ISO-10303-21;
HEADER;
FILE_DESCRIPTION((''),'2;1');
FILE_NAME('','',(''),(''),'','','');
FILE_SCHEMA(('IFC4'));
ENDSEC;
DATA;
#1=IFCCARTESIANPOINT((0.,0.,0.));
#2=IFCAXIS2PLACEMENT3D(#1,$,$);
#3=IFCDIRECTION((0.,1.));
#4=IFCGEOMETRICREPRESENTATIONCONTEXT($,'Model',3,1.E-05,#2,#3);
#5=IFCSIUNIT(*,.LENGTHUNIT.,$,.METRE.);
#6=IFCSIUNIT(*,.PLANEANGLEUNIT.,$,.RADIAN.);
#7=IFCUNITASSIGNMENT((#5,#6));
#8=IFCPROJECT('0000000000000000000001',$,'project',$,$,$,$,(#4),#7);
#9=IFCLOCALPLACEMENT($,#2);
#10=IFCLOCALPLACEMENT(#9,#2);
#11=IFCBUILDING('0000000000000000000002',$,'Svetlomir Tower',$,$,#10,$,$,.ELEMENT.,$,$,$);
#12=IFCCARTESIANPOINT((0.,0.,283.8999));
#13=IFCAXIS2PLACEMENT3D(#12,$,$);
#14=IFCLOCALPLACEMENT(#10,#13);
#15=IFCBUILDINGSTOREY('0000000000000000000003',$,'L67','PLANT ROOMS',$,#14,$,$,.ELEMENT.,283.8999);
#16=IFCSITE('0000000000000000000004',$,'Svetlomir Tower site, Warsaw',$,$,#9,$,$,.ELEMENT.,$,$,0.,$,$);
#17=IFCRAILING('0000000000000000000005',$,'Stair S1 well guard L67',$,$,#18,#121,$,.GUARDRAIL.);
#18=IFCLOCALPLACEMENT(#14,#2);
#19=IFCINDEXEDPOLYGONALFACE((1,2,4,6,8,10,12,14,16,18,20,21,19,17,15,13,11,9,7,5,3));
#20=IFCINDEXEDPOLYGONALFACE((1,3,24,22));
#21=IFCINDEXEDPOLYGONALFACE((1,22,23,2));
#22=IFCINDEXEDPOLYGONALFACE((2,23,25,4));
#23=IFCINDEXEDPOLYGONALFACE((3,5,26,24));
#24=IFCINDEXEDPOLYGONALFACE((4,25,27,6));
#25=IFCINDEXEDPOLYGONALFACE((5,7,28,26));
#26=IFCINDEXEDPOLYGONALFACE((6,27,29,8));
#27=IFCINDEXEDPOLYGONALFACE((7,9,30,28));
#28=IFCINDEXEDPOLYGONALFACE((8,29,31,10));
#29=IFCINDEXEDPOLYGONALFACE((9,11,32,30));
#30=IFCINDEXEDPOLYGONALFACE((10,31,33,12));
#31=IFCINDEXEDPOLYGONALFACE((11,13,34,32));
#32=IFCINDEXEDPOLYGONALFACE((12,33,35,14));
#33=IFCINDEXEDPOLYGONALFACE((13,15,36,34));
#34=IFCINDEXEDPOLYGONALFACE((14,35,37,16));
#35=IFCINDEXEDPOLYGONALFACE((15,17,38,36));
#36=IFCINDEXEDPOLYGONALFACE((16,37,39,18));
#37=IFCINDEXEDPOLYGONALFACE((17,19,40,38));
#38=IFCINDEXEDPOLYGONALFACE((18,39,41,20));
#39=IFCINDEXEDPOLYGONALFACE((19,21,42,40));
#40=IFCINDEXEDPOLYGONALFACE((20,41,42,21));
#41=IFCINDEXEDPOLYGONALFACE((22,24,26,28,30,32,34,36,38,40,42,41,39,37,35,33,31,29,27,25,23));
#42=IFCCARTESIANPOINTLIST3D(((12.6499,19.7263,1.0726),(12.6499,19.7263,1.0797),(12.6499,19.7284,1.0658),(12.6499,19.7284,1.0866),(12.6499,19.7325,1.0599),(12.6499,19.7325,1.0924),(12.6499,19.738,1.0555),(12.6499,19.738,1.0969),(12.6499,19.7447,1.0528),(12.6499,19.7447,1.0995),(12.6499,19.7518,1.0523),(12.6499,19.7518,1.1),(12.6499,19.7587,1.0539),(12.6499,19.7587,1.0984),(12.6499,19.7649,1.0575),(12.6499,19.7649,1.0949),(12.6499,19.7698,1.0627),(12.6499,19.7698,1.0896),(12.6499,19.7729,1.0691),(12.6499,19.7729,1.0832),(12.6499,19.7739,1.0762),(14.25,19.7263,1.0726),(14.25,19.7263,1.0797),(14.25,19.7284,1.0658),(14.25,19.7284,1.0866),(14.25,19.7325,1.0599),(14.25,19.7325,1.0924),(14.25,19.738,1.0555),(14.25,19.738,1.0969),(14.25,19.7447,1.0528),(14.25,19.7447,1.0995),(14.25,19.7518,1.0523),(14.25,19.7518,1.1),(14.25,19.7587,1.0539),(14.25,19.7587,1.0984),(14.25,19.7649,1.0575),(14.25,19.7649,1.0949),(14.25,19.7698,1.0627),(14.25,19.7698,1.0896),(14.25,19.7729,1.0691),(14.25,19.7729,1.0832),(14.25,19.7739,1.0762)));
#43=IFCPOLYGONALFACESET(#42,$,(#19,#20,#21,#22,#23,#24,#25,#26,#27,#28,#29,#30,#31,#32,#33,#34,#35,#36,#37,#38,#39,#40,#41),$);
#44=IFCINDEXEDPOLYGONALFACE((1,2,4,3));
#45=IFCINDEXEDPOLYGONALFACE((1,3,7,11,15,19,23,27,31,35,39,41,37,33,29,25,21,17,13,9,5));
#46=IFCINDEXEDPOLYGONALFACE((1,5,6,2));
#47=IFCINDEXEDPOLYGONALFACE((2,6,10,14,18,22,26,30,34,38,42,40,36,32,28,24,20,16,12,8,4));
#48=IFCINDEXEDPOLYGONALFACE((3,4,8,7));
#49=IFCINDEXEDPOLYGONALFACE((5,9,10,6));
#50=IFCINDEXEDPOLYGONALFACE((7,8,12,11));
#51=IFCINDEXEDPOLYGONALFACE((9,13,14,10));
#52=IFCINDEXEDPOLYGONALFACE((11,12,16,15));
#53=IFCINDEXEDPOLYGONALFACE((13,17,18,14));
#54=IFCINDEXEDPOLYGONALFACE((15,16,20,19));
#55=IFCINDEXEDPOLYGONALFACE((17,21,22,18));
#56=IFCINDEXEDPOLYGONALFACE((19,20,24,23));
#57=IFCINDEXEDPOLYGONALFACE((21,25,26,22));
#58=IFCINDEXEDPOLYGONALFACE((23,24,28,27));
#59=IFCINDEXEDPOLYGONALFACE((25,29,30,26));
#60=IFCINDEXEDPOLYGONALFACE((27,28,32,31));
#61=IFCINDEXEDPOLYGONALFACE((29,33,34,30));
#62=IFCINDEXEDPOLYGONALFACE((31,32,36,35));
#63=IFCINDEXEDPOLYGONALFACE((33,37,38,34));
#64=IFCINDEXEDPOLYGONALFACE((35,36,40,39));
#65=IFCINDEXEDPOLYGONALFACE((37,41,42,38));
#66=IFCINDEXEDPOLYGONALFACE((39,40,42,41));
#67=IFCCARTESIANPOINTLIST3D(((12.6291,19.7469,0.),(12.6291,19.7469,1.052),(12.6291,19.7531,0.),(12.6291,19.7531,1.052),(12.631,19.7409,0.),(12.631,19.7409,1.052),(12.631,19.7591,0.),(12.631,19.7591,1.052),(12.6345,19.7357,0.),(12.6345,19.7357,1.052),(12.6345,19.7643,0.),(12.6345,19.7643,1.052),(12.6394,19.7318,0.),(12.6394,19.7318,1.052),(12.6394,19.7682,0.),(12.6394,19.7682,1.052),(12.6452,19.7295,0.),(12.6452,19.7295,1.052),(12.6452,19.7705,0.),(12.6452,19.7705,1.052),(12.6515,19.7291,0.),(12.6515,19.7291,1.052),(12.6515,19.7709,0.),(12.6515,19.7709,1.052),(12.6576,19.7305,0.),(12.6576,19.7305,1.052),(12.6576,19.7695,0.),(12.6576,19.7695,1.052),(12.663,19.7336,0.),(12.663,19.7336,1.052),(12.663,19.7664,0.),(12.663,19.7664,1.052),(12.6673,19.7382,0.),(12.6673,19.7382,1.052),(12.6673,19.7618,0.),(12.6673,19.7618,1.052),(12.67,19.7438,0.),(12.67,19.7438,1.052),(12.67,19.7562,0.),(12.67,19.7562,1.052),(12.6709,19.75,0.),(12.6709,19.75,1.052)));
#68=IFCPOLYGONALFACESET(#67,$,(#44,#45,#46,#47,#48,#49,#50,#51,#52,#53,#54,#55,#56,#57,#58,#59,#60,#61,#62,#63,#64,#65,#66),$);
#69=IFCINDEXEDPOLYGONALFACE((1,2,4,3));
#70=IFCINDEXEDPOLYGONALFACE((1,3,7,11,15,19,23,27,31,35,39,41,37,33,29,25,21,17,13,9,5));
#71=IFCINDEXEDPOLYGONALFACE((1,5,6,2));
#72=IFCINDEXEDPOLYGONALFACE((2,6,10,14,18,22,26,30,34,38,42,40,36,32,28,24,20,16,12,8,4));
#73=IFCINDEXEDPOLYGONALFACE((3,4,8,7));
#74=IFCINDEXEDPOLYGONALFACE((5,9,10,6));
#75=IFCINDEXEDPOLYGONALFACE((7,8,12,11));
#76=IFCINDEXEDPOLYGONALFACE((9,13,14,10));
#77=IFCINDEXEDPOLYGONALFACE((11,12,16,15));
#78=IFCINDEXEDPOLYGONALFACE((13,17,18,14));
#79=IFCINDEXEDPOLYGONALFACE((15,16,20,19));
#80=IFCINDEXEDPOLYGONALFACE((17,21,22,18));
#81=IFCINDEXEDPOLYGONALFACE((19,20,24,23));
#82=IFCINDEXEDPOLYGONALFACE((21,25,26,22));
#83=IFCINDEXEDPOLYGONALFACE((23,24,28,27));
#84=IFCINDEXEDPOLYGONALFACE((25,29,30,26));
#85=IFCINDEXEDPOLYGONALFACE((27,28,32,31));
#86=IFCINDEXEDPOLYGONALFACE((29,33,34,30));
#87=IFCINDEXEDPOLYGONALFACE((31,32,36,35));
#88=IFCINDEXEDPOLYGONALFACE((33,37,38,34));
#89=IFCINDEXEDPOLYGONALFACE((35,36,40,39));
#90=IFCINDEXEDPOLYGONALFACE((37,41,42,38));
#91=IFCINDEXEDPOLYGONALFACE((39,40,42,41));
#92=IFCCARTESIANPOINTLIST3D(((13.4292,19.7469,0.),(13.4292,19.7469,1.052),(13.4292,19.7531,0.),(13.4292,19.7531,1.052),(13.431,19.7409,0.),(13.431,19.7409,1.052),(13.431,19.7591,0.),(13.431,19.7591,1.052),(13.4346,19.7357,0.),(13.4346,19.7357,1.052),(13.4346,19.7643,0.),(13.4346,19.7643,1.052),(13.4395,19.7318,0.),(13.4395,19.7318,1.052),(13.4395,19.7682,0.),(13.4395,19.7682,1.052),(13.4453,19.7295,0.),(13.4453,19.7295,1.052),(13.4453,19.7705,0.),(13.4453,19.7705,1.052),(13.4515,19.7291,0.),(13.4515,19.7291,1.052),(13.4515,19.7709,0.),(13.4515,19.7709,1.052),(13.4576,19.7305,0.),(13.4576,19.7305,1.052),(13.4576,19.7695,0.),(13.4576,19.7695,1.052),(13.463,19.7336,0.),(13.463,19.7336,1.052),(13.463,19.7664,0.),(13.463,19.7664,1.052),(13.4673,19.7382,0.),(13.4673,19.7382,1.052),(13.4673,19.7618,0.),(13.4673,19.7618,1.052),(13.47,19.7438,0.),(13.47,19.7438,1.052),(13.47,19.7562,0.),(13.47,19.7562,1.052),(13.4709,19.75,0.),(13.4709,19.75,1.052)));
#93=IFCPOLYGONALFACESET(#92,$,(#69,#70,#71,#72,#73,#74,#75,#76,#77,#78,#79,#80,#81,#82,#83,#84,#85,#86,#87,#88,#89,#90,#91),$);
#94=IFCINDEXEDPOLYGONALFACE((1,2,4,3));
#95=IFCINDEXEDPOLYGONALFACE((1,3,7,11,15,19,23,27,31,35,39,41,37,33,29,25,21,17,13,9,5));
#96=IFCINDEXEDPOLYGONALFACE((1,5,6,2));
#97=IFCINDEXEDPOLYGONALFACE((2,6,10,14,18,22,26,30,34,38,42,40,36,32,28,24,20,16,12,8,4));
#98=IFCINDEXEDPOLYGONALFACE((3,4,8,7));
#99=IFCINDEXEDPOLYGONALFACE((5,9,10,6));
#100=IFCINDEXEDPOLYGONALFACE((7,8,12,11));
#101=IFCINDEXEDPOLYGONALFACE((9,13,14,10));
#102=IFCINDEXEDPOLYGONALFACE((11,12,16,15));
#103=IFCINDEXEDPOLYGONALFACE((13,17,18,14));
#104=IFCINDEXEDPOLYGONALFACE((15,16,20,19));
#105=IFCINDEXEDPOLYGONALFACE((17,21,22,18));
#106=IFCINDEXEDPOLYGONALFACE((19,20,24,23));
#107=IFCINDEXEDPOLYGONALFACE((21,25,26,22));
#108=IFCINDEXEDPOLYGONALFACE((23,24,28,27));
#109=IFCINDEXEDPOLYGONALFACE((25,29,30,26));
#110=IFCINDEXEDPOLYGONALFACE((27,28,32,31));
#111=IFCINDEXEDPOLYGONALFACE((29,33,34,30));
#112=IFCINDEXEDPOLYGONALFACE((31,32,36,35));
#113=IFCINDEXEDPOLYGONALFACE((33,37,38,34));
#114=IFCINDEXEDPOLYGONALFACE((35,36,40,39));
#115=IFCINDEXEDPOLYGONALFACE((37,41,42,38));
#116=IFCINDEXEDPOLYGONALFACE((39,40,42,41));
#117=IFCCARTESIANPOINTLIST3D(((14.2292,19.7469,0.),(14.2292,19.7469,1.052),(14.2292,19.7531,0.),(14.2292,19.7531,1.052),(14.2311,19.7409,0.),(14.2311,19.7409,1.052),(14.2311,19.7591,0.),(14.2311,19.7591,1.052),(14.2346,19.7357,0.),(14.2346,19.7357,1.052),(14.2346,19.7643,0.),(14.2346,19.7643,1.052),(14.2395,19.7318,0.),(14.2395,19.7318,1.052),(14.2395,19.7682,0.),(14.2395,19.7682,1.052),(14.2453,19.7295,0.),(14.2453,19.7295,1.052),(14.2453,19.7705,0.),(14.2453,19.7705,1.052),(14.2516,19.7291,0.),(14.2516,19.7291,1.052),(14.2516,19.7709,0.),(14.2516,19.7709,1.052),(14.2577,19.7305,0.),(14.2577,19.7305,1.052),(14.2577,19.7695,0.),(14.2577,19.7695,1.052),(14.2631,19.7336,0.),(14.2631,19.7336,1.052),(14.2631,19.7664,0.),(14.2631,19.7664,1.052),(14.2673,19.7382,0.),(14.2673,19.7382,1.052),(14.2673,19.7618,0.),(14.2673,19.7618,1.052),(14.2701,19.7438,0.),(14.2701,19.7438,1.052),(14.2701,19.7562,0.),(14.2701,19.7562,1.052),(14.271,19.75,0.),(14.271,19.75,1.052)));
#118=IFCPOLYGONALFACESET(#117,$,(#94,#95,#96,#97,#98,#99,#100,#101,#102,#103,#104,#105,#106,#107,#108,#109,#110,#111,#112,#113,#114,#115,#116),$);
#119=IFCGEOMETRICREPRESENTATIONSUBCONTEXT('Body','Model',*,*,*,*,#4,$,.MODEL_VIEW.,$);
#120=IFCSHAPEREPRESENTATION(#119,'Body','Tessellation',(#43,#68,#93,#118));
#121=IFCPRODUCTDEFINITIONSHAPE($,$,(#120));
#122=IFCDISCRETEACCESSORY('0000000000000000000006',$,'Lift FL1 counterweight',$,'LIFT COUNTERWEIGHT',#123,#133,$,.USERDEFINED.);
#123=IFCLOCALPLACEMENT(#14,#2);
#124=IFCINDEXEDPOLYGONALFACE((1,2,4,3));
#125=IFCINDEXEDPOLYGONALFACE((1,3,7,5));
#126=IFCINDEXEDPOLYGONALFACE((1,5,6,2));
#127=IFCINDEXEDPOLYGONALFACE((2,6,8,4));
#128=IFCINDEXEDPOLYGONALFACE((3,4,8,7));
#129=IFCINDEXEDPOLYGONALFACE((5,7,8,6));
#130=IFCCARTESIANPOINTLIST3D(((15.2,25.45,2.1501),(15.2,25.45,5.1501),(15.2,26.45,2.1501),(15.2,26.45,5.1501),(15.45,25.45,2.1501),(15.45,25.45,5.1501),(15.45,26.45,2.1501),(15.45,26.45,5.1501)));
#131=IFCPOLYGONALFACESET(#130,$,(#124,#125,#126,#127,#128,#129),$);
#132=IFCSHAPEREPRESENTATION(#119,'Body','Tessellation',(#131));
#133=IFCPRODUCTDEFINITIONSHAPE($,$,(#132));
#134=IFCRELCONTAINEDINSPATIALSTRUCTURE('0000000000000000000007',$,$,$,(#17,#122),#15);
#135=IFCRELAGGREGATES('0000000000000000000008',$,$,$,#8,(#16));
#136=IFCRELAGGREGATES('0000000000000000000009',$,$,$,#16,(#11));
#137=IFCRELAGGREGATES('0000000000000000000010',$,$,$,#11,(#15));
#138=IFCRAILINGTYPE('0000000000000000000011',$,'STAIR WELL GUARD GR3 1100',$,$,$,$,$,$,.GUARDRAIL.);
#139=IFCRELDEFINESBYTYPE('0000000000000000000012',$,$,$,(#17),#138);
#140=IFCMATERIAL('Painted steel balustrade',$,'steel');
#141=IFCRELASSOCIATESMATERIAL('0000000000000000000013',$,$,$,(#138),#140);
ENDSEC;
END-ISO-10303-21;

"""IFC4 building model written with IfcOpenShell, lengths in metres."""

from ifc_helpers import new_model, si_unit, direction, frame, origin, origin_2d, place, context, subcontext, project, spatial, rectangle, circle, extrude, material, type_object, element, save


model = new_model("IFC4")

# Units and contexts
model_context = context("Model", 3, precision=1e-05, world=origin(), true_north=direction((0.0, 1.0)))
body_context = subcontext(model_context, "Body", "Model", "MODEL_VIEW")
ifc_project = project(units=[si_unit("LENGTHUNIT", "METRE"), si_unit("PLANEANGLEUNIT", "RADIAN")], contexts=[model_context])

# Site, building, storey
site_placement = place(None, origin())
site = spatial("IfcSite", under=ifc_project, at=site_placement, Name="Svetlomir Tower site, Warsaw", CompositionType="ELEMENT", RefElevation=0.0)
building_placement = place(site_placement, origin())
building = spatial("IfcBuilding", under=site, at=building_placement, Name="Svetlomir Tower", CompositionType="ELEMENT")
storey_placement = place(building_placement, frame((0.0, 0.0, 283.8999)))
storey = spatial("IfcBuildingStorey", under=building, at=storey_placement, Name="L67", Description="PLANT ROOMS", CompositionType="ELEMENT", Elevation=283.8999)

# Railing
ifc_material_1 = material(Name="Painted steel balustrade", Category="steel")
railing_type = type_object("IfcRailingType", Name="STAIR WELL GUARD GR3 1100", PredefinedType="GUARDRAIL", material=ifc_material_1)
railing_placement = place(storey_placement, frame((12.6499, 19.75, 0.0)))
element("IfcRailing", 1, at=railing_placement, inside=storey, type_object=railing_type, Name="Stair S1 well guard L67", PredefinedType="GUARDRAIL", context=body_context, shape_type="SweptSolid", body=[
    extrude(circle(Radius=0.0239, at=origin_2d()), frame((0.0, 0.0, 1.0762), z_axis=(1.0, 0.0, 0.0), x_axis=(0.0, 1.0, 0.0)), (0.0, 0.0, 1.0), 1.6001),
    extrude(circle(Radius=0.021, at=origin_2d()), origin(), (0.0, 0.0, 1.0), 1.052),
    extrude(circle(Radius=0.021, at=origin_2d()), frame((0.8, 0.0, 0.0)), (0.0, 0.0, 1.0), 1.052),
    extrude(circle(Radius=0.021, at=origin_2d()), frame((1.6001, 0.0, 0.0)), (0.0, 0.0, 1.0), 1.052),
])

# Discrete accessory
discrete_accessory_placement = place(storey_placement, frame((15.325, 25.95, 2.1501), z_axis=(0.0, 0.0, 1.0), x_axis=(1.0, 0.0, 0.0)))
element("IfcDiscreteAccessory", 2, at=discrete_accessory_placement, inside=storey, Name="Lift FL1 counterweight", ObjectType="LIFT COUNTERWEIGHT", PredefinedType="USERDEFINED", context=body_context, shape_type="SweptSolid", body=[
    extrude(rectangle(XDim=0.25, YDim=1.0, at=origin_2d()), origin(), (0.0, 0.0, 1.0), 3.0),
])

save(model, "model.ifc")
